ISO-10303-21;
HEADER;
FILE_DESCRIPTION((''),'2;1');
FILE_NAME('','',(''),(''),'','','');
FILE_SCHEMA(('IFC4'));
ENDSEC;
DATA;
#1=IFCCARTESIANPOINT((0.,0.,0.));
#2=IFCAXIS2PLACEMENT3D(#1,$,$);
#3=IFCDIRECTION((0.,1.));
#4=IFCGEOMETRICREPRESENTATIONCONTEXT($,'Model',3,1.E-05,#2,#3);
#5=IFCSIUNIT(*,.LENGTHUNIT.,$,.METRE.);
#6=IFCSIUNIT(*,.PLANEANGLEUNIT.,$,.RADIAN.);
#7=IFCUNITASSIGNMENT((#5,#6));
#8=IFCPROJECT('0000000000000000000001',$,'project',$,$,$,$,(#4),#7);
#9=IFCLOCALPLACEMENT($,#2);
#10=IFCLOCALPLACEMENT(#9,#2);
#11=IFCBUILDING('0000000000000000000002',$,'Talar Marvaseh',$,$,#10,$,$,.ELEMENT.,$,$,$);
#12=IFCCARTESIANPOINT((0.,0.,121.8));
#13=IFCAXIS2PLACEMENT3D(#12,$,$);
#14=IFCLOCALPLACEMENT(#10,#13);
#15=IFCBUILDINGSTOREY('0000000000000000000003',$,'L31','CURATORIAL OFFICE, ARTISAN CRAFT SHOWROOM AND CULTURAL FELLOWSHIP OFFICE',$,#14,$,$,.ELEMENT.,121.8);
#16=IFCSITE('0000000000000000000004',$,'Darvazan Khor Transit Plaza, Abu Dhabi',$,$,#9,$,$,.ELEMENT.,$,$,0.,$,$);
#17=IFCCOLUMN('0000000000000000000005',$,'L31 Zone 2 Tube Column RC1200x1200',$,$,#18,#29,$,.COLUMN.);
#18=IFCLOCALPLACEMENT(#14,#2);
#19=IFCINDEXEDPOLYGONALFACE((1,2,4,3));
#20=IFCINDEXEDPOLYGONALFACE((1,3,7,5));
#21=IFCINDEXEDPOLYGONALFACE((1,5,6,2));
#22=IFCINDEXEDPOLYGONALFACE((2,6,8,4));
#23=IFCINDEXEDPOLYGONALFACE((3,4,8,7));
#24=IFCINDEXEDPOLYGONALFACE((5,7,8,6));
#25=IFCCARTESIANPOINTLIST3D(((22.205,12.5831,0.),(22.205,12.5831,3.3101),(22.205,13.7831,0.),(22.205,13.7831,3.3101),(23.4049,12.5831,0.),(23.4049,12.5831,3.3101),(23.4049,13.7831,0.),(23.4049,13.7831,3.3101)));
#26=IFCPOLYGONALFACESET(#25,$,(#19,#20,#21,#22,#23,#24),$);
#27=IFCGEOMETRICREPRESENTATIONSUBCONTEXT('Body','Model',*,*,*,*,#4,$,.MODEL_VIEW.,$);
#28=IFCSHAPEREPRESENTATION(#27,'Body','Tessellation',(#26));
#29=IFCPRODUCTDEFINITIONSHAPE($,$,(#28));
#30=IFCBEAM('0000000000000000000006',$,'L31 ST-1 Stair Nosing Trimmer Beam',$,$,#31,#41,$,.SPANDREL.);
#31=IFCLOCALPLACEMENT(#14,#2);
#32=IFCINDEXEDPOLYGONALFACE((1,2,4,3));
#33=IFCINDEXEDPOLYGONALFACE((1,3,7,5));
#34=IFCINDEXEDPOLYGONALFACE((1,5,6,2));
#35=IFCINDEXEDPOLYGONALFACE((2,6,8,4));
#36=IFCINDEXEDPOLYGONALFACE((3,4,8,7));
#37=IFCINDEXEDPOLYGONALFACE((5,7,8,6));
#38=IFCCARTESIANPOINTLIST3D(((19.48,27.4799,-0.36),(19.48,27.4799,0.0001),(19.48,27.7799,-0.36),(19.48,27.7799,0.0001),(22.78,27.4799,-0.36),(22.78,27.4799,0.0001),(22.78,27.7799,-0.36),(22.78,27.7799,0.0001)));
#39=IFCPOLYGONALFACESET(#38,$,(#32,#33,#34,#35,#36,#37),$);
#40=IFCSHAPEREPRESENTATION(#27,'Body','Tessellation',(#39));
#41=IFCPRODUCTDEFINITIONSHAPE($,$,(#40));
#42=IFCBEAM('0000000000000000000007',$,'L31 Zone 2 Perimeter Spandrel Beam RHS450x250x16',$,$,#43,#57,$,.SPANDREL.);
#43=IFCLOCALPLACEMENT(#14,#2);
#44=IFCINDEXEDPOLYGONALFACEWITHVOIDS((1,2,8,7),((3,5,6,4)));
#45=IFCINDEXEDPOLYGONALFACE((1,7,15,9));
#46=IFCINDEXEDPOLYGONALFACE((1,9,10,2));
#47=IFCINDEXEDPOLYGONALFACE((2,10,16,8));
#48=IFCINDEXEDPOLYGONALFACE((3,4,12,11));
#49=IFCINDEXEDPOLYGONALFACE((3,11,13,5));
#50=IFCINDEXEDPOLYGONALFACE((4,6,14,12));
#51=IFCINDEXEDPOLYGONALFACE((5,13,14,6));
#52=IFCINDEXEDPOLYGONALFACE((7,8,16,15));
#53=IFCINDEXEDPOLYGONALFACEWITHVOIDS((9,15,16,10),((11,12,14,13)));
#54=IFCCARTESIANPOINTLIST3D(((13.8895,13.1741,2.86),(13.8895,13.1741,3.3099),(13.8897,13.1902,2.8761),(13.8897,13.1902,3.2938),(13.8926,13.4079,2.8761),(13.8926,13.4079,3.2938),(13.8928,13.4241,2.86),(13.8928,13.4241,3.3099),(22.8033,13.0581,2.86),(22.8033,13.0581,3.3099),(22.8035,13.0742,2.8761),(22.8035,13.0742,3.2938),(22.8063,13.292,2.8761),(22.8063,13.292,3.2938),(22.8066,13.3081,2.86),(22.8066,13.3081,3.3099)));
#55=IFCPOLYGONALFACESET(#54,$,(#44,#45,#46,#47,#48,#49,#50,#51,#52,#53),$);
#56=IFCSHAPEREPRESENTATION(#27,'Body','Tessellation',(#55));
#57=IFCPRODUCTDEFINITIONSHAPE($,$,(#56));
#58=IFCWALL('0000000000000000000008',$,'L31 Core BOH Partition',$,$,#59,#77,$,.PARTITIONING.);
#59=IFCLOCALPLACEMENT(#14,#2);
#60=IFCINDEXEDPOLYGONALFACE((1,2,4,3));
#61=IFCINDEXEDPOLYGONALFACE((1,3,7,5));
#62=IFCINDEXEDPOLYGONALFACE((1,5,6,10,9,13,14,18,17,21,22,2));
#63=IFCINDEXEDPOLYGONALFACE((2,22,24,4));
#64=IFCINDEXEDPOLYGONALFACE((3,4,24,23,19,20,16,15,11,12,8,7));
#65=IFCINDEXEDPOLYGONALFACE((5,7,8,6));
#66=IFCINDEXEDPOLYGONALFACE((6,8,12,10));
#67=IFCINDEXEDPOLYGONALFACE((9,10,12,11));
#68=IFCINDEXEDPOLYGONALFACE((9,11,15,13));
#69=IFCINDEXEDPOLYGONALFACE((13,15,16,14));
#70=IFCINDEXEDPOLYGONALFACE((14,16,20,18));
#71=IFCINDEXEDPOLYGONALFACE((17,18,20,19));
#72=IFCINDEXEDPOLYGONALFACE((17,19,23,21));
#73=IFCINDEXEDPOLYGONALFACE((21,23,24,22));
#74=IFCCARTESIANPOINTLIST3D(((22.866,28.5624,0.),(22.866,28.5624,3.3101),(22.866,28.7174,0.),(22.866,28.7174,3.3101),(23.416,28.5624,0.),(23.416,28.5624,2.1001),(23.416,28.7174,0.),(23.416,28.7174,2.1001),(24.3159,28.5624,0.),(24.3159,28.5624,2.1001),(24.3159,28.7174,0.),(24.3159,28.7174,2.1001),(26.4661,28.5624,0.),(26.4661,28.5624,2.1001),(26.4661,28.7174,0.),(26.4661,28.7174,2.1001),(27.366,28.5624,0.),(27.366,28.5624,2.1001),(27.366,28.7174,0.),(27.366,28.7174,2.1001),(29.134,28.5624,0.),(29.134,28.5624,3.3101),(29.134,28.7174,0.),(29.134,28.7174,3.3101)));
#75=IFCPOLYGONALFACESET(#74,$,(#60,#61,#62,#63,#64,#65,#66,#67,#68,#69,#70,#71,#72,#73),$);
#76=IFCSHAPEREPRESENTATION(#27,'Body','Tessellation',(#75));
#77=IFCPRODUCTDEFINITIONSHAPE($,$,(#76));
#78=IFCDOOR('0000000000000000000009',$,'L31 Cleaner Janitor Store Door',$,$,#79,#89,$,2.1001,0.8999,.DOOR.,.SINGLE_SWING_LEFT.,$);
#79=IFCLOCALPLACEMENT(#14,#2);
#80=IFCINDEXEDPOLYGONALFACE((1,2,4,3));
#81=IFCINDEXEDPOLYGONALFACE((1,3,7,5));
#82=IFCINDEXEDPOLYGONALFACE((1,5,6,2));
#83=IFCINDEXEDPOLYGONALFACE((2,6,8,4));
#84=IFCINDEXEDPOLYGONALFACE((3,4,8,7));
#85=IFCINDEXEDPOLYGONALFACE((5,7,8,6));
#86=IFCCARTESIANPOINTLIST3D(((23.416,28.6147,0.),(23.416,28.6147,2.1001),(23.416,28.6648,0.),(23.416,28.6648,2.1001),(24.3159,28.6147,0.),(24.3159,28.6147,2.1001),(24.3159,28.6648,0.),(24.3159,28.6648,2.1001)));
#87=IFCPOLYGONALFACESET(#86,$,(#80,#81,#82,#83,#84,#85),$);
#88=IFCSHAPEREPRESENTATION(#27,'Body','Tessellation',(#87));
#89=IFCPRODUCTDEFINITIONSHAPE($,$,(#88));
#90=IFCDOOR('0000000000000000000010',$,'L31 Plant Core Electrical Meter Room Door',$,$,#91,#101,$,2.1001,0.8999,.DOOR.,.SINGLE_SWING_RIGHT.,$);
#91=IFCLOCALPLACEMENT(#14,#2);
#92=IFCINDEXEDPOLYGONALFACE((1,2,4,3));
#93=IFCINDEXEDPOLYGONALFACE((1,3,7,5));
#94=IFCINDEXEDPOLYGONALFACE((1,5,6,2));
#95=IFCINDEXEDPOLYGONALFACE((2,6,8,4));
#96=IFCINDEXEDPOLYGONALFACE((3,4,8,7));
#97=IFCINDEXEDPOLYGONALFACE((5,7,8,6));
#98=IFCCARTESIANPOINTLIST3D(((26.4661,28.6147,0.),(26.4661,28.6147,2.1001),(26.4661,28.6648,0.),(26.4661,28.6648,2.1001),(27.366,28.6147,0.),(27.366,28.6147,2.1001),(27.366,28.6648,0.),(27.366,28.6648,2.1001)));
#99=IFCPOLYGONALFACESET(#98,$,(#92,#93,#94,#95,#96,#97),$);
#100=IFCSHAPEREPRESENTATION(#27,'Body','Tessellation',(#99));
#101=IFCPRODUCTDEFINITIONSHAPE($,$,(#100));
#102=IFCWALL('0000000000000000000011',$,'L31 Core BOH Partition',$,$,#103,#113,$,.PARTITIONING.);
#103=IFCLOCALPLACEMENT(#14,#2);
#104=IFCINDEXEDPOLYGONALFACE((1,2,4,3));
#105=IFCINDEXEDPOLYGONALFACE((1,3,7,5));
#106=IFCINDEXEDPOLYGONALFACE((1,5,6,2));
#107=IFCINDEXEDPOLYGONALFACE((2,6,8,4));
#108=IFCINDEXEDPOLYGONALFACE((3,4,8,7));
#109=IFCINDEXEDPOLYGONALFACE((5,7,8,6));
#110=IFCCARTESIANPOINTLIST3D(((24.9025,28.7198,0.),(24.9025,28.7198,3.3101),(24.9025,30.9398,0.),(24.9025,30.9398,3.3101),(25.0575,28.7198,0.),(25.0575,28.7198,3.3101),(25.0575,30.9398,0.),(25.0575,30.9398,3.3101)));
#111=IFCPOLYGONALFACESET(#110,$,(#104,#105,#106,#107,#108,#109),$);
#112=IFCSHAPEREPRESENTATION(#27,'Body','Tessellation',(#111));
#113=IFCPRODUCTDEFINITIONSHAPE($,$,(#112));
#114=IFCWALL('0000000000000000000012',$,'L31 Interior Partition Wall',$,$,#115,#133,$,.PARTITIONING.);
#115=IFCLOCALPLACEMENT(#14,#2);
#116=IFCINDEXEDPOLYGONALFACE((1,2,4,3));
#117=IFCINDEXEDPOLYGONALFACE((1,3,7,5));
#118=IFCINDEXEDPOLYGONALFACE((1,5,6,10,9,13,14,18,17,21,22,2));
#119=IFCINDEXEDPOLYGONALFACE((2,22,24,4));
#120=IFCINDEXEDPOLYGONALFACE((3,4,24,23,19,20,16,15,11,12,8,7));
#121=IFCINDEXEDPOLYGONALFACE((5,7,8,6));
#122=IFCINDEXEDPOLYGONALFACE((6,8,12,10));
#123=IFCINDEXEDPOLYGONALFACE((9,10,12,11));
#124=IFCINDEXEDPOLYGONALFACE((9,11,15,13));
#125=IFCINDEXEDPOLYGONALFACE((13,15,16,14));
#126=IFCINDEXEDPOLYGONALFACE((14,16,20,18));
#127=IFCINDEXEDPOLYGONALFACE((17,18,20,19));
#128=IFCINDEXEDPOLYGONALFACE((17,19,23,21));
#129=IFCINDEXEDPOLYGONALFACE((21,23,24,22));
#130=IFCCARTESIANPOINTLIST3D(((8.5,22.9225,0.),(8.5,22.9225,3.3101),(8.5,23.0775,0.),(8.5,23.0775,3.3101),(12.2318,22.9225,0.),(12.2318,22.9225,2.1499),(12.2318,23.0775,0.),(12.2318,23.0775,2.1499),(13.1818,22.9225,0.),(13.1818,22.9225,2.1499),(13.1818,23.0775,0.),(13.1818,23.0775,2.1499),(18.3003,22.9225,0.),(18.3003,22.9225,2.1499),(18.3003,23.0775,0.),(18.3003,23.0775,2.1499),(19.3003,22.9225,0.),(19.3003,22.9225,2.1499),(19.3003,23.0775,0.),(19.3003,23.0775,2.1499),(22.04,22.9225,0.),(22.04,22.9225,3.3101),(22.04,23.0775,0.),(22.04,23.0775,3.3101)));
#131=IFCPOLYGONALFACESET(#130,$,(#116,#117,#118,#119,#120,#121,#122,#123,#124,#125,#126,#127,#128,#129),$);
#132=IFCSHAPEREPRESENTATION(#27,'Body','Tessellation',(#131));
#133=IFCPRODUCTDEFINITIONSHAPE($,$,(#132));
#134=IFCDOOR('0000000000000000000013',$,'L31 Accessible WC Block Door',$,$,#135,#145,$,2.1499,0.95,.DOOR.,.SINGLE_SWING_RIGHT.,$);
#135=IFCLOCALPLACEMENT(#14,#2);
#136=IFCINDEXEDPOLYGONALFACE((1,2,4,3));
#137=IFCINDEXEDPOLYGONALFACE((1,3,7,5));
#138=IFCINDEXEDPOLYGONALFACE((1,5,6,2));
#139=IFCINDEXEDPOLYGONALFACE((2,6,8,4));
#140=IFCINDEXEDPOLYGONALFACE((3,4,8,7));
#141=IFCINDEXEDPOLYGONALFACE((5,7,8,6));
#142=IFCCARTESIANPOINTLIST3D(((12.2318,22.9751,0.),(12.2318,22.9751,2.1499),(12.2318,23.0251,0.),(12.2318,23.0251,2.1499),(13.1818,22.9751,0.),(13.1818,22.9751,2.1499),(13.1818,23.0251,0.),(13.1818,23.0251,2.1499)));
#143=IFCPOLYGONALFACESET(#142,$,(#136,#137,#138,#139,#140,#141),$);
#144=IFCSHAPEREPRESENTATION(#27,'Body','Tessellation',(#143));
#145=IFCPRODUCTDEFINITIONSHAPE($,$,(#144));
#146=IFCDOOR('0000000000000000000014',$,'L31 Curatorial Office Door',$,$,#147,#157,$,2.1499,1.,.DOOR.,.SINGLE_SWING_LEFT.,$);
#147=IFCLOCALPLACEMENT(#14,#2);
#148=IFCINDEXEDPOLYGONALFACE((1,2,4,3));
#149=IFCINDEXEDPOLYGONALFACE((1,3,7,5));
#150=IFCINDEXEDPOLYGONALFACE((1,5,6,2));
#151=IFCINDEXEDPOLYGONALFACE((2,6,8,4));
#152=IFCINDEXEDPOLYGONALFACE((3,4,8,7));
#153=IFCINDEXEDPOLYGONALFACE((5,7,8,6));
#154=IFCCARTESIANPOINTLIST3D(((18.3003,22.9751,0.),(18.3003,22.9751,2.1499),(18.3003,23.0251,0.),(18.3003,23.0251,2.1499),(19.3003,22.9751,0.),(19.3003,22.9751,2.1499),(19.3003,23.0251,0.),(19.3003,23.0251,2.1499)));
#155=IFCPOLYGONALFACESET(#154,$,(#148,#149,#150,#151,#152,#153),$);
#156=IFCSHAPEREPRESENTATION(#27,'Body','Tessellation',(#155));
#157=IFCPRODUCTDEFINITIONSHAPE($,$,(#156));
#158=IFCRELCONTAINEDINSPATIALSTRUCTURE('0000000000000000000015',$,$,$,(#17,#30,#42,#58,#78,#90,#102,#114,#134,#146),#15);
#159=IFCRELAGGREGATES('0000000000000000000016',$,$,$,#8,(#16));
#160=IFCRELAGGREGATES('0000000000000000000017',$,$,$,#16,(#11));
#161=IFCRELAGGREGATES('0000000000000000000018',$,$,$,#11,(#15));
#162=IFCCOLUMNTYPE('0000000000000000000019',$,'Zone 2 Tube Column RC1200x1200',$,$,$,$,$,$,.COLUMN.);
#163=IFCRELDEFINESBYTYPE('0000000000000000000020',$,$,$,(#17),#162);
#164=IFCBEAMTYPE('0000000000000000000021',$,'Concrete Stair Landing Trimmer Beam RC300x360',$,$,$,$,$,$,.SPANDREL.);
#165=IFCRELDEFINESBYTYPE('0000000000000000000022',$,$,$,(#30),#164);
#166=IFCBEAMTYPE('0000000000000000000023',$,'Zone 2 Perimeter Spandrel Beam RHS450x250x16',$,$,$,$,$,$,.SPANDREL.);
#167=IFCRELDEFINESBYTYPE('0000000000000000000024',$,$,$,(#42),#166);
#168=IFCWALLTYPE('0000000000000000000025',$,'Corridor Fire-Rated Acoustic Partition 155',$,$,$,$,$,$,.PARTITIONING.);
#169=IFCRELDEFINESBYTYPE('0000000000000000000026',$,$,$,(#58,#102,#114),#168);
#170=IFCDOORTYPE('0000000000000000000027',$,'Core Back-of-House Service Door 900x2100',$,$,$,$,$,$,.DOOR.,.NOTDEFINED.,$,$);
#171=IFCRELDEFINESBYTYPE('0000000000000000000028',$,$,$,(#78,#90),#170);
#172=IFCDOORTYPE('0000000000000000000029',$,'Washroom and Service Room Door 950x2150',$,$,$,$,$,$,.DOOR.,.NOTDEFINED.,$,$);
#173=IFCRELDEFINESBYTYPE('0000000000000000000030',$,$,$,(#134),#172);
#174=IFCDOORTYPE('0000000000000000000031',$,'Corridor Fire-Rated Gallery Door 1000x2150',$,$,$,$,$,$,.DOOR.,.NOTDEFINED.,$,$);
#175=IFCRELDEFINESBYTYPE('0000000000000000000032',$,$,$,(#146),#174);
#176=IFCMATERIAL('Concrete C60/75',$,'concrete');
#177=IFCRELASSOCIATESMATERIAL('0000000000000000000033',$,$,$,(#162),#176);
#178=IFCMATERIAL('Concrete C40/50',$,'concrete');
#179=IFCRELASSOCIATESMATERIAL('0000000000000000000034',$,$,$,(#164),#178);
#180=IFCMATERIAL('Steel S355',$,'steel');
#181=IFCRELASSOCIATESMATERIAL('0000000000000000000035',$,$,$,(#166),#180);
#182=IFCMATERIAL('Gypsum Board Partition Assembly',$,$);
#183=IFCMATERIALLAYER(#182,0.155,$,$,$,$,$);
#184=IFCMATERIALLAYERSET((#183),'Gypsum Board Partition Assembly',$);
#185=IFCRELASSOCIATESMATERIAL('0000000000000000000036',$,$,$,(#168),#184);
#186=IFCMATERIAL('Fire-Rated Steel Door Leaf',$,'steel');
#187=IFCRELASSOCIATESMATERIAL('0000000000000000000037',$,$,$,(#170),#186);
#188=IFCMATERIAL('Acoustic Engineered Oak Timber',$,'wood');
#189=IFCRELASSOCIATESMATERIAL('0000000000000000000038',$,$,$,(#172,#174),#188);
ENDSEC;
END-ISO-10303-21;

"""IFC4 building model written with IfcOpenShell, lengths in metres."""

from ifc_helpers import new_model, si_unit, direction, frame, frame_2d, origin, origin_2d, place, context, subcontext, project, spatial, rectangle, hollow_rectangle, extrude, source, transform, mapped, material, layer, layer_set, material_profile, profile_set, type_object, type_shapes, element, fill, save


model = new_model("IFC4")

# Units and contexts
model_context = context("Model", 3, precision=1e-05, world=origin(), true_north=direction((0.0, 1.0)))
body_context = subcontext(model_context, "Body", "Model", "MODEL_VIEW")
ifc_project = project(units=[si_unit("LENGTHUNIT", "METRE"), si_unit("PLANEANGLEUNIT", "RADIAN")], contexts=[model_context])

# Site, building, storey
site_placement = place(None, origin())
site = spatial("IfcSite", under=ifc_project, at=site_placement, Name="Darvazan Khor Transit Plaza, Abu Dhabi", CompositionType="ELEMENT", RefElevation=0.0)
building_placement = place(site_placement, origin())
building = spatial("IfcBuilding", under=site, at=building_placement, Name="Talar Marvaseh", CompositionType="ELEMENT")
storey_placement = place(building_placement, frame((0.0, 0.0, 121.8)))
storey = spatial("IfcBuildingStorey", under=building, at=storey_placement, Name="L31", Description="CURATORIAL OFFICE, ARTISAN CRAFT SHOWROOM AND CULTURAL FELLOWSHIP OFFICE", CompositionType="ELEMENT", Elevation=121.8)

# Column
ifc_material_1 = material(Name="Concrete C60/75", Category="concrete")
ifc_material_profile_1 = material_profile(ifc_material_1, rectangle(XDim=1.2, YDim=1.2, at=origin_2d()), Name="RC1200x1200")
ifc_profile_set_1 = profile_set([ifc_material_profile_1], Name="Concrete C60/75")
column_type = type_object("IfcColumnType", Name="Zone 2 Tube Column RC1200x1200", PredefinedType="COLUMN", material=ifc_profile_set_1)
column_placement = place(storey_placement, frame((22.8049, 13.1831, 0.0), z_axis=(0.0, 0.0, 1.0), x_axis=(1.0, 0.0, 0.0)))
element("IfcColumn", 1, at=column_placement, inside=storey, type_object=column_type, Name="L31 Zone 2 Tube Column RC1200x1200", PredefinedType="COLUMN", context=body_context, shape_type="SweptSolid", body=[
    extrude(rectangle(XDim=1.2, YDim=1.2, at=origin_2d()), origin(), (0.0, 0.0, 1.0), 3.3101),
])

# Beams
ifc_material_2 = material(Name="Concrete C40/50", Category="concrete")
ifc_material_profile_2 = material_profile(ifc_material_2, rectangle(XDim=0.3, YDim=0.3601, at=origin_2d()), Name="RC300x360")
ifc_profile_set_2 = profile_set([ifc_material_profile_2], Name="Concrete C40/50")
beam_type_1 = type_object("IfcBeamType", Name="Concrete Stair Landing Trimmer Beam RC300x360", PredefinedType="SPANDREL", material=ifc_profile_set_2)
beam_1_placement = place(storey_placement, frame((22.78, 27.6299, -0.1799), z_axis=(-1.0, 0.0, 0.0), x_axis=(0.0, -1.0, 0.0)))
element("IfcBeam", 2, at=beam_1_placement, inside=storey, type_object=beam_type_1, Name="L31 ST-1 Stair Nosing Trimmer Beam", PredefinedType="SPANDREL", context=body_context, shape_type="SweptSolid", body=[
    extrude(rectangle(XDim=0.3, YDim=0.3601, at=origin_2d()), origin(), (0.0, 0.0, 1.0), 3.3),
])
ifc_material_3 = material(Name="Steel S355", Category="steel")
ifc_material_profile_3 = material_profile(ifc_material_3, hollow_rectangle(XDim=0.25, YDim=0.45, WallThickness=0.0161, at=origin_2d()), Name="RHS450x250x16")
ifc_profile_set_3 = profile_set([ifc_material_profile_3], Name="Steel S355")
beam_type_2 = type_object("IfcBeamType", Name="Zone 2 Perimeter Spandrel Beam RHS450x250x16", PredefinedType="SPANDREL", material=ifc_profile_set_3)
beam_2_placement = place(storey_placement, frame((22.8049, 13.1831, 3.085), z_axis=(-0.999915, 0.013009, 0.0), x_axis=(-0.013009, -0.999915, 0.0)))
element("IfcBeam", 3, at=beam_2_placement, inside=storey, type_object=beam_type_2, Name="L31 Zone 2 Perimeter Spandrel Beam RHS450x250x16", PredefinedType="SPANDREL", context=body_context, shape_type="SweptSolid", body=[
    extrude(hollow_rectangle(XDim=0.25, YDim=0.45, WallThickness=0.0161, at=origin_2d()), origin(), (0.0, 0.0, 1.0), 8.9146),
])

# Wall, openings, doors
ifc_material_4 = material(Name="Gypsum Board Partition Assembly")
ifc_layer_1 = layer(ifc_material_4, 0.155)
ifc_layer_set_1 = layer_set([ifc_layer_1], Name="Gypsum Board Partition Assembly")
wall_type_1 = type_object("IfcWallType", Name="Corridor Fire-Rated Acoustic Partition 155", PredefinedType="PARTITIONING", material=ifc_layer_set_1)
wall_1_placement = place(storey_placement, frame((22.866, 28.6399, 0.0), z_axis=(0.0, 0.0, 1.0), x_axis=(1.0, 0.0, 0.0)))
wall_1 = element("IfcWall", 4, at=wall_1_placement, inside=storey, type_object=wall_type_1, Name="L31 Core BOH Partition", PredefinedType="PARTITIONING", context=body_context, shape_type="SweptSolid", body=[
    extrude(rectangle(XDim=6.2681, YDim=0.155, at=frame_2d((3.134, 0.0))), origin(), (0.0, 0.0, 1.0), 3.3101),
])
opening_1_placement = place(wall_1_placement, frame((0.55, 0.0, 0.0)))
opening_1 = element("IfcOpeningElement", 5, at=opening_1_placement, cuts=wall_1, PredefinedType="OPENING", context=body_context, shape_type="SweptSolid", body=[
    extrude(rectangle(XDim=0.8999, YDim=2.1001, at=frame_2d((0.45, 1.05))), frame((0.0, 0.0874, 0.0), z_axis=(0.0, -1.0, 0.0), x_axis=(1.0, 0.0, 0.0)), (0.0, 0.0, 1.0), 0.175),
])
opening_2_placement = place(wall_1_placement, frame((3.6001, 0.0, 0.0)))
opening_2 = element("IfcOpeningElement", 6, at=opening_2_placement, cuts=wall_1, PredefinedType="OPENING", context=body_context, shape_type="SweptSolid", body=[
    extrude(rectangle(XDim=0.8999, YDim=2.1001, at=frame_2d((0.45, 1.05))), frame((0.0, 0.0874, 0.0), z_axis=(0.0, -1.0, 0.0), x_axis=(1.0, 0.0, 0.0)), (0.0, 0.0, 1.0), 0.175),
])
ifc_material_5 = material(Name="Fire-Rated Steel Door Leaf", Category="steel")
door_type_1 = type_object("IfcDoorType", Name="Core Back-of-House Service Door 900x2100", OperationType="NOTDEFINED", PredefinedType="DOOR", material=ifc_material_5)
shared_shape_1 = source(origin(), body_context, "Body", "SweptSolid", [
    extrude(rectangle(XDim=0.8999, YDim=2.1001, at=frame_2d((0.45, 1.05))), frame((0.0, 0.0249, 0.0), z_axis=(0.0, -1.0, 0.0), x_axis=(1.0, 0.0, 0.0)), (0.0, 0.0, 1.0), 0.05),
])
type_shapes(door_type_1, [shared_shape_1])
door_1_placement = place(opening_1_placement, origin())
door_1 = element("IfcDoor", 7, at=door_1_placement, inside=storey, type_object=door_type_1, Name="L31 Cleaner Janitor Store Door", OperationType="SINGLE_SWING_LEFT", OverallHeight=2.1001, OverallWidth=0.8999, PredefinedType="DOOR", context=body_context, shape_type="MappedRepresentation", body=[
    mapped(shared_shape_1, transform((0.0, 0.0, 0.0), x_axis=(1.0, 0.0, 0.0), y_axis=(0.0, 1.0, 0.0), z_axis=(0.0, 0.0, 1.0), scale=1.0)),
])
fill(opening_1, door_1)
door_2_placement = place(opening_2_placement, origin())
door_2 = element("IfcDoor", 8, at=door_2_placement, inside=storey, type_object=door_type_1, Name="L31 Plant Core Electrical Meter Room Door", OperationType="SINGLE_SWING_RIGHT", OverallHeight=2.1001, OverallWidth=0.8999, PredefinedType="DOOR", context=body_context, shape_type="MappedRepresentation", body=[
    mapped(shared_shape_1, transform((0.0, 0.0, 0.0), x_axis=(1.0, 0.0, 0.0), y_axis=(0.0, 1.0, 0.0), z_axis=(0.0, 0.0, 1.0), scale=1.0)),
])
fill(opening_2, door_2)

# Wall
wall_2_placement = place(storey_placement, frame((24.98, 28.72, 0.0), z_axis=(0.0, 0.0, 1.0), x_axis=(0.0, 1.0, 0.0)))
element("IfcWall", 9, at=wall_2_placement, inside=storey, type_object=wall_type_1, Name="L31 Core BOH Partition", PredefinedType="PARTITIONING", context=body_context, shape_type="SweptSolid", body=[
    extrude(rectangle(XDim=2.22, YDim=0.155, at=frame_2d((1.1099, 0.0))), origin(), (0.0, 0.0, 1.0), 3.3101),
])

# Wall, openings, doors
wall_3_placement = place(storey_placement, frame((22.04, 23.0, 0.0), z_axis=(0.0, 0.0, 1.0), x_axis=(-1.0, 0.0, 0.0)))
wall_3 = element("IfcWall", 10, at=wall_3_placement, inside=storey, type_object=wall_type_1, Name="L31 Interior Partition Wall", PredefinedType="PARTITIONING", context=body_context, shape_type="SweptSolid", body=[
    extrude(rectangle(XDim=13.54, YDim=0.155, at=frame_2d((6.77, 0.0))), origin(), (0.0, 0.0, 1.0), 3.3101),
])
opening_3_placement = place(wall_3_placement, frame((8.8582, 0.0, 0.0)))
opening_3 = element("IfcOpeningElement", 11, at=opening_3_placement, cuts=wall_3, PredefinedType="OPENING", context=body_context, shape_type="SweptSolid", body=[
    extrude(rectangle(XDim=0.95, YDim=2.1499, at=frame_2d((0.4751, 1.075))), frame((0.0, 0.0874, 0.0), z_axis=(0.0, -1.0, 0.0), x_axis=(1.0, 0.0, 0.0)), (0.0, 0.0, 1.0), 0.175),
])
opening_4_placement = place(wall_3_placement, frame((2.7397, 0.0, 0.0)))
opening_4 = element("IfcOpeningElement", 12, at=opening_4_placement, cuts=wall_3, PredefinedType="OPENING", context=body_context, shape_type="SweptSolid", body=[
    extrude(rectangle(XDim=1.0, YDim=2.1499, at=frame_2d((0.5, 1.075))), frame((0.0, 0.0874, 0.0), z_axis=(0.0, -1.0, 0.0), x_axis=(1.0, 0.0, 0.0)), (0.0, 0.0, 1.0), 0.175),
])
ifc_material_6 = material(Name="Acoustic Engineered Oak Timber", Category="wood")
door_type_2 = type_object("IfcDoorType", Name="Washroom and Service Room Door 950x2150", OperationType="NOTDEFINED", PredefinedType="DOOR", material=ifc_material_6)
shared_shape_2 = source(origin(), body_context, "Body", "SweptSolid", [
    extrude(rectangle(XDim=0.95, YDim=2.1499, at=frame_2d((0.4751, 1.075))), frame((0.0, 0.0249, 0.0), z_axis=(0.0, -1.0, 0.0), x_axis=(1.0, 0.0, 0.0)), (0.0, 0.0, 1.0), 0.05),
])
type_shapes(door_type_2, [shared_shape_2])
door_3_placement = place(opening_3_placement, origin())
door_3 = element("IfcDoor", 13, at=door_3_placement, inside=storey, type_object=door_type_2, Name="L31 Accessible WC Block Door", OperationType="SINGLE_SWING_RIGHT", OverallHeight=2.1499, OverallWidth=0.95, PredefinedType="DOOR", context=body_context, shape_type="MappedRepresentation", body=[
    mapped(shared_shape_2, transform((0.0, 0.0, 0.0), x_axis=(1.0, 0.0, 0.0), y_axis=(0.0, 1.0, 0.0), z_axis=(0.0, 0.0, 1.0), scale=1.0)),
])
fill(opening_3, door_3)
door_type_3 = type_object("IfcDoorType", Name="Corridor Fire-Rated Gallery Door 1000x2150", OperationType="NOTDEFINED", PredefinedType="DOOR", material=ifc_material_6)
shared_shape_3 = source(origin(), body_context, "Body", "SweptSolid", [
    extrude(rectangle(XDim=1.0, YDim=2.1499, at=frame_2d((0.5, 1.075))), frame((0.0, 0.0249, 0.0), z_axis=(0.0, -1.0, 0.0), x_axis=(1.0, 0.0, 0.0)), (0.0, 0.0, 1.0), 0.05),
])
type_shapes(door_type_3, [shared_shape_3])
door_4_placement = place(opening_4_placement, origin())
door_4 = element("IfcDoor", 14, at=door_4_placement, inside=storey, type_object=door_type_3, Name="L31 Curatorial Office Door", OperationType="SINGLE_SWING_LEFT", OverallHeight=2.1499, OverallWidth=1.0, PredefinedType="DOOR", context=body_context, shape_type="MappedRepresentation", body=[
    mapped(shared_shape_3, transform((0.0, 0.0, 0.0), x_axis=(1.0, 0.0, 0.0), y_axis=(0.0, 1.0, 0.0), z_axis=(0.0, 0.0, 1.0), scale=1.0)),
])
fill(opening_4, door_4)

save(model, "model.ifc")
